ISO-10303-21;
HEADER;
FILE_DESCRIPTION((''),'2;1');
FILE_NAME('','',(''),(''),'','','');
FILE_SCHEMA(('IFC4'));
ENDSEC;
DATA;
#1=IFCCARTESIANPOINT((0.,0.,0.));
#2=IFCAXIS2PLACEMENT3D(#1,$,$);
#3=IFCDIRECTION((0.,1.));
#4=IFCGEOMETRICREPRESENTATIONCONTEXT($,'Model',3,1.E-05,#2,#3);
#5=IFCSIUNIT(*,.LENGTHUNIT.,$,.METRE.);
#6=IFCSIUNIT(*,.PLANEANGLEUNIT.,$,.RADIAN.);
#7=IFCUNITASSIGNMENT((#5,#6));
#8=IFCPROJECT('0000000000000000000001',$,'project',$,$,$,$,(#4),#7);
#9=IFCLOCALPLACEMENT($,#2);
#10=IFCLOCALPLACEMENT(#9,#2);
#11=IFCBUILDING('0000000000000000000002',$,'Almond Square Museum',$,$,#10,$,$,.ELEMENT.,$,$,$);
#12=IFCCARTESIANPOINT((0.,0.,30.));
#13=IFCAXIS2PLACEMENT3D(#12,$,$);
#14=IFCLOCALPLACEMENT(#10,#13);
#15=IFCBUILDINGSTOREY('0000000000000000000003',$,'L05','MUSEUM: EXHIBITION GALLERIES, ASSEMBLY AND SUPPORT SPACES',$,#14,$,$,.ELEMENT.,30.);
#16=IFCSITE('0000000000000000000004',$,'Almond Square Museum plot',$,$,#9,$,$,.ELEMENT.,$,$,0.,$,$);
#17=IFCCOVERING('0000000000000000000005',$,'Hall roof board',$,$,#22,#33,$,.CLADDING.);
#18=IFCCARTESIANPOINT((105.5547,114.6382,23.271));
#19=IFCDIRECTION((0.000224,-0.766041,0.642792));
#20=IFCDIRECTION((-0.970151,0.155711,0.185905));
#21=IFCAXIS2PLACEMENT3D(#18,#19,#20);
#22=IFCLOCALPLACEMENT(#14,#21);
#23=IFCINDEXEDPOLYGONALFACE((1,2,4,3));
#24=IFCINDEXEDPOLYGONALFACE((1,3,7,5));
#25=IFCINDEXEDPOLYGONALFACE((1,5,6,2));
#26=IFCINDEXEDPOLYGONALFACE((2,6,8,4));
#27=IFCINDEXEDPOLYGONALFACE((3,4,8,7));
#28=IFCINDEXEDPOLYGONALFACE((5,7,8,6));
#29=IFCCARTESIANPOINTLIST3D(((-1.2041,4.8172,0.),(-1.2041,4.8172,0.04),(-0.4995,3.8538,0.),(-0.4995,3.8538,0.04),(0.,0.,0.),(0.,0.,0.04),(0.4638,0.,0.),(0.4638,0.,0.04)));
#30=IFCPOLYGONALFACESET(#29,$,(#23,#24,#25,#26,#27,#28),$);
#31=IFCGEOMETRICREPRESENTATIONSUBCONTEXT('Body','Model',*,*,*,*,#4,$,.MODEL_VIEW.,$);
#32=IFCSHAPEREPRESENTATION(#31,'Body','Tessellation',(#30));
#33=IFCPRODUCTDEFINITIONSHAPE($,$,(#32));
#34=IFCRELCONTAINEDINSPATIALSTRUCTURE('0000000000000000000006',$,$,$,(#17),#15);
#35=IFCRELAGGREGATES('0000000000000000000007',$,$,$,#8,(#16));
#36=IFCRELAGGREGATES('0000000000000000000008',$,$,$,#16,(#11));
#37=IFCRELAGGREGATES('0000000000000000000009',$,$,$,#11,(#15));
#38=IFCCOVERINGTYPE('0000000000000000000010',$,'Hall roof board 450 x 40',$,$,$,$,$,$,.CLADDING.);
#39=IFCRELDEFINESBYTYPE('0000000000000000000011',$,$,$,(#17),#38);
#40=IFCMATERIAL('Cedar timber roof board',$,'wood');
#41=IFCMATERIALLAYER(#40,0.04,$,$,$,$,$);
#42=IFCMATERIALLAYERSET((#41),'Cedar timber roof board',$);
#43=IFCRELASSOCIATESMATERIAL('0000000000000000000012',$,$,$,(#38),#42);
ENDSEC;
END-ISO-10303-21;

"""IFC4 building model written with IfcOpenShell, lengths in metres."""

from ifc_helpers import new_model, si_unit, direction, frame, origin, place, context, subcontext, project, spatial, polyline, outline, extrude, material, layer, layer_set, type_object, element, save


model = new_model("IFC4")

# Units and contexts
model_context = context("Model", 3, precision=1e-05, world=origin(), true_north=direction((0.0, 1.0)))
body_context = subcontext(model_context, "Body", "Model", "MODEL_VIEW")
ifc_project = project(units=[si_unit("LENGTHUNIT", "METRE"), si_unit("PLANEANGLEUNIT", "RADIAN")], contexts=[model_context])

# Site, building, storey
site_placement = place(None, origin())
site = spatial("IfcSite", under=ifc_project, at=site_placement, Name="Almond Square Museum plot", CompositionType="ELEMENT", RefElevation=0.0)
building_placement = place(site_placement, origin())
building = spatial("IfcBuilding", under=site, at=building_placement, Name="Almond Square Museum", CompositionType="ELEMENT")
storey_placement = place(building_placement, frame((0.0, 0.0, 30.0)))
storey = spatial("IfcBuildingStorey", under=building, at=storey_placement, Name="L05", Description="MUSEUM: EXHIBITION GALLERIES, ASSEMBLY AND SUPPORT SPACES", CompositionType="ELEMENT", Elevation=30.0)

# Covering
ifc_material_1 = material(Name="Cedar timber roof board", Category="wood")
ifc_layer = layer(ifc_material_1, 0.04)
ifc_layer_set = layer_set([ifc_layer], Name="Cedar timber roof board")
covering_type_1 = type_object("IfcCoveringType", Name="Hall roof board 450 x 40", PredefinedType="CLADDING", material=ifc_layer_set)
covering_1_placement = place(storey_placement, frame((105.5547, 114.6382, 23.271), z_axis=(0.000224, -0.766041, 0.642792), x_axis=(-0.970151, 0.155711, 0.185905)))
element("IfcCovering", 1, at=covering_1_placement, inside=storey, type_object=covering_type_1, Name="Hall roof board", PredefinedType="CLADDING", context=body_context, shape_type="SweptSolid", body=[
    extrude(outline(polyline([(0.0, 0.0), (0.4638, 0.0), (-0.4995, 3.8538), (-1.2041, 4.8172), (0.0, 0.0)])), origin(), (0.0, 0.0, 1.0), 0.04),
])

save(model, "model.ifc")
